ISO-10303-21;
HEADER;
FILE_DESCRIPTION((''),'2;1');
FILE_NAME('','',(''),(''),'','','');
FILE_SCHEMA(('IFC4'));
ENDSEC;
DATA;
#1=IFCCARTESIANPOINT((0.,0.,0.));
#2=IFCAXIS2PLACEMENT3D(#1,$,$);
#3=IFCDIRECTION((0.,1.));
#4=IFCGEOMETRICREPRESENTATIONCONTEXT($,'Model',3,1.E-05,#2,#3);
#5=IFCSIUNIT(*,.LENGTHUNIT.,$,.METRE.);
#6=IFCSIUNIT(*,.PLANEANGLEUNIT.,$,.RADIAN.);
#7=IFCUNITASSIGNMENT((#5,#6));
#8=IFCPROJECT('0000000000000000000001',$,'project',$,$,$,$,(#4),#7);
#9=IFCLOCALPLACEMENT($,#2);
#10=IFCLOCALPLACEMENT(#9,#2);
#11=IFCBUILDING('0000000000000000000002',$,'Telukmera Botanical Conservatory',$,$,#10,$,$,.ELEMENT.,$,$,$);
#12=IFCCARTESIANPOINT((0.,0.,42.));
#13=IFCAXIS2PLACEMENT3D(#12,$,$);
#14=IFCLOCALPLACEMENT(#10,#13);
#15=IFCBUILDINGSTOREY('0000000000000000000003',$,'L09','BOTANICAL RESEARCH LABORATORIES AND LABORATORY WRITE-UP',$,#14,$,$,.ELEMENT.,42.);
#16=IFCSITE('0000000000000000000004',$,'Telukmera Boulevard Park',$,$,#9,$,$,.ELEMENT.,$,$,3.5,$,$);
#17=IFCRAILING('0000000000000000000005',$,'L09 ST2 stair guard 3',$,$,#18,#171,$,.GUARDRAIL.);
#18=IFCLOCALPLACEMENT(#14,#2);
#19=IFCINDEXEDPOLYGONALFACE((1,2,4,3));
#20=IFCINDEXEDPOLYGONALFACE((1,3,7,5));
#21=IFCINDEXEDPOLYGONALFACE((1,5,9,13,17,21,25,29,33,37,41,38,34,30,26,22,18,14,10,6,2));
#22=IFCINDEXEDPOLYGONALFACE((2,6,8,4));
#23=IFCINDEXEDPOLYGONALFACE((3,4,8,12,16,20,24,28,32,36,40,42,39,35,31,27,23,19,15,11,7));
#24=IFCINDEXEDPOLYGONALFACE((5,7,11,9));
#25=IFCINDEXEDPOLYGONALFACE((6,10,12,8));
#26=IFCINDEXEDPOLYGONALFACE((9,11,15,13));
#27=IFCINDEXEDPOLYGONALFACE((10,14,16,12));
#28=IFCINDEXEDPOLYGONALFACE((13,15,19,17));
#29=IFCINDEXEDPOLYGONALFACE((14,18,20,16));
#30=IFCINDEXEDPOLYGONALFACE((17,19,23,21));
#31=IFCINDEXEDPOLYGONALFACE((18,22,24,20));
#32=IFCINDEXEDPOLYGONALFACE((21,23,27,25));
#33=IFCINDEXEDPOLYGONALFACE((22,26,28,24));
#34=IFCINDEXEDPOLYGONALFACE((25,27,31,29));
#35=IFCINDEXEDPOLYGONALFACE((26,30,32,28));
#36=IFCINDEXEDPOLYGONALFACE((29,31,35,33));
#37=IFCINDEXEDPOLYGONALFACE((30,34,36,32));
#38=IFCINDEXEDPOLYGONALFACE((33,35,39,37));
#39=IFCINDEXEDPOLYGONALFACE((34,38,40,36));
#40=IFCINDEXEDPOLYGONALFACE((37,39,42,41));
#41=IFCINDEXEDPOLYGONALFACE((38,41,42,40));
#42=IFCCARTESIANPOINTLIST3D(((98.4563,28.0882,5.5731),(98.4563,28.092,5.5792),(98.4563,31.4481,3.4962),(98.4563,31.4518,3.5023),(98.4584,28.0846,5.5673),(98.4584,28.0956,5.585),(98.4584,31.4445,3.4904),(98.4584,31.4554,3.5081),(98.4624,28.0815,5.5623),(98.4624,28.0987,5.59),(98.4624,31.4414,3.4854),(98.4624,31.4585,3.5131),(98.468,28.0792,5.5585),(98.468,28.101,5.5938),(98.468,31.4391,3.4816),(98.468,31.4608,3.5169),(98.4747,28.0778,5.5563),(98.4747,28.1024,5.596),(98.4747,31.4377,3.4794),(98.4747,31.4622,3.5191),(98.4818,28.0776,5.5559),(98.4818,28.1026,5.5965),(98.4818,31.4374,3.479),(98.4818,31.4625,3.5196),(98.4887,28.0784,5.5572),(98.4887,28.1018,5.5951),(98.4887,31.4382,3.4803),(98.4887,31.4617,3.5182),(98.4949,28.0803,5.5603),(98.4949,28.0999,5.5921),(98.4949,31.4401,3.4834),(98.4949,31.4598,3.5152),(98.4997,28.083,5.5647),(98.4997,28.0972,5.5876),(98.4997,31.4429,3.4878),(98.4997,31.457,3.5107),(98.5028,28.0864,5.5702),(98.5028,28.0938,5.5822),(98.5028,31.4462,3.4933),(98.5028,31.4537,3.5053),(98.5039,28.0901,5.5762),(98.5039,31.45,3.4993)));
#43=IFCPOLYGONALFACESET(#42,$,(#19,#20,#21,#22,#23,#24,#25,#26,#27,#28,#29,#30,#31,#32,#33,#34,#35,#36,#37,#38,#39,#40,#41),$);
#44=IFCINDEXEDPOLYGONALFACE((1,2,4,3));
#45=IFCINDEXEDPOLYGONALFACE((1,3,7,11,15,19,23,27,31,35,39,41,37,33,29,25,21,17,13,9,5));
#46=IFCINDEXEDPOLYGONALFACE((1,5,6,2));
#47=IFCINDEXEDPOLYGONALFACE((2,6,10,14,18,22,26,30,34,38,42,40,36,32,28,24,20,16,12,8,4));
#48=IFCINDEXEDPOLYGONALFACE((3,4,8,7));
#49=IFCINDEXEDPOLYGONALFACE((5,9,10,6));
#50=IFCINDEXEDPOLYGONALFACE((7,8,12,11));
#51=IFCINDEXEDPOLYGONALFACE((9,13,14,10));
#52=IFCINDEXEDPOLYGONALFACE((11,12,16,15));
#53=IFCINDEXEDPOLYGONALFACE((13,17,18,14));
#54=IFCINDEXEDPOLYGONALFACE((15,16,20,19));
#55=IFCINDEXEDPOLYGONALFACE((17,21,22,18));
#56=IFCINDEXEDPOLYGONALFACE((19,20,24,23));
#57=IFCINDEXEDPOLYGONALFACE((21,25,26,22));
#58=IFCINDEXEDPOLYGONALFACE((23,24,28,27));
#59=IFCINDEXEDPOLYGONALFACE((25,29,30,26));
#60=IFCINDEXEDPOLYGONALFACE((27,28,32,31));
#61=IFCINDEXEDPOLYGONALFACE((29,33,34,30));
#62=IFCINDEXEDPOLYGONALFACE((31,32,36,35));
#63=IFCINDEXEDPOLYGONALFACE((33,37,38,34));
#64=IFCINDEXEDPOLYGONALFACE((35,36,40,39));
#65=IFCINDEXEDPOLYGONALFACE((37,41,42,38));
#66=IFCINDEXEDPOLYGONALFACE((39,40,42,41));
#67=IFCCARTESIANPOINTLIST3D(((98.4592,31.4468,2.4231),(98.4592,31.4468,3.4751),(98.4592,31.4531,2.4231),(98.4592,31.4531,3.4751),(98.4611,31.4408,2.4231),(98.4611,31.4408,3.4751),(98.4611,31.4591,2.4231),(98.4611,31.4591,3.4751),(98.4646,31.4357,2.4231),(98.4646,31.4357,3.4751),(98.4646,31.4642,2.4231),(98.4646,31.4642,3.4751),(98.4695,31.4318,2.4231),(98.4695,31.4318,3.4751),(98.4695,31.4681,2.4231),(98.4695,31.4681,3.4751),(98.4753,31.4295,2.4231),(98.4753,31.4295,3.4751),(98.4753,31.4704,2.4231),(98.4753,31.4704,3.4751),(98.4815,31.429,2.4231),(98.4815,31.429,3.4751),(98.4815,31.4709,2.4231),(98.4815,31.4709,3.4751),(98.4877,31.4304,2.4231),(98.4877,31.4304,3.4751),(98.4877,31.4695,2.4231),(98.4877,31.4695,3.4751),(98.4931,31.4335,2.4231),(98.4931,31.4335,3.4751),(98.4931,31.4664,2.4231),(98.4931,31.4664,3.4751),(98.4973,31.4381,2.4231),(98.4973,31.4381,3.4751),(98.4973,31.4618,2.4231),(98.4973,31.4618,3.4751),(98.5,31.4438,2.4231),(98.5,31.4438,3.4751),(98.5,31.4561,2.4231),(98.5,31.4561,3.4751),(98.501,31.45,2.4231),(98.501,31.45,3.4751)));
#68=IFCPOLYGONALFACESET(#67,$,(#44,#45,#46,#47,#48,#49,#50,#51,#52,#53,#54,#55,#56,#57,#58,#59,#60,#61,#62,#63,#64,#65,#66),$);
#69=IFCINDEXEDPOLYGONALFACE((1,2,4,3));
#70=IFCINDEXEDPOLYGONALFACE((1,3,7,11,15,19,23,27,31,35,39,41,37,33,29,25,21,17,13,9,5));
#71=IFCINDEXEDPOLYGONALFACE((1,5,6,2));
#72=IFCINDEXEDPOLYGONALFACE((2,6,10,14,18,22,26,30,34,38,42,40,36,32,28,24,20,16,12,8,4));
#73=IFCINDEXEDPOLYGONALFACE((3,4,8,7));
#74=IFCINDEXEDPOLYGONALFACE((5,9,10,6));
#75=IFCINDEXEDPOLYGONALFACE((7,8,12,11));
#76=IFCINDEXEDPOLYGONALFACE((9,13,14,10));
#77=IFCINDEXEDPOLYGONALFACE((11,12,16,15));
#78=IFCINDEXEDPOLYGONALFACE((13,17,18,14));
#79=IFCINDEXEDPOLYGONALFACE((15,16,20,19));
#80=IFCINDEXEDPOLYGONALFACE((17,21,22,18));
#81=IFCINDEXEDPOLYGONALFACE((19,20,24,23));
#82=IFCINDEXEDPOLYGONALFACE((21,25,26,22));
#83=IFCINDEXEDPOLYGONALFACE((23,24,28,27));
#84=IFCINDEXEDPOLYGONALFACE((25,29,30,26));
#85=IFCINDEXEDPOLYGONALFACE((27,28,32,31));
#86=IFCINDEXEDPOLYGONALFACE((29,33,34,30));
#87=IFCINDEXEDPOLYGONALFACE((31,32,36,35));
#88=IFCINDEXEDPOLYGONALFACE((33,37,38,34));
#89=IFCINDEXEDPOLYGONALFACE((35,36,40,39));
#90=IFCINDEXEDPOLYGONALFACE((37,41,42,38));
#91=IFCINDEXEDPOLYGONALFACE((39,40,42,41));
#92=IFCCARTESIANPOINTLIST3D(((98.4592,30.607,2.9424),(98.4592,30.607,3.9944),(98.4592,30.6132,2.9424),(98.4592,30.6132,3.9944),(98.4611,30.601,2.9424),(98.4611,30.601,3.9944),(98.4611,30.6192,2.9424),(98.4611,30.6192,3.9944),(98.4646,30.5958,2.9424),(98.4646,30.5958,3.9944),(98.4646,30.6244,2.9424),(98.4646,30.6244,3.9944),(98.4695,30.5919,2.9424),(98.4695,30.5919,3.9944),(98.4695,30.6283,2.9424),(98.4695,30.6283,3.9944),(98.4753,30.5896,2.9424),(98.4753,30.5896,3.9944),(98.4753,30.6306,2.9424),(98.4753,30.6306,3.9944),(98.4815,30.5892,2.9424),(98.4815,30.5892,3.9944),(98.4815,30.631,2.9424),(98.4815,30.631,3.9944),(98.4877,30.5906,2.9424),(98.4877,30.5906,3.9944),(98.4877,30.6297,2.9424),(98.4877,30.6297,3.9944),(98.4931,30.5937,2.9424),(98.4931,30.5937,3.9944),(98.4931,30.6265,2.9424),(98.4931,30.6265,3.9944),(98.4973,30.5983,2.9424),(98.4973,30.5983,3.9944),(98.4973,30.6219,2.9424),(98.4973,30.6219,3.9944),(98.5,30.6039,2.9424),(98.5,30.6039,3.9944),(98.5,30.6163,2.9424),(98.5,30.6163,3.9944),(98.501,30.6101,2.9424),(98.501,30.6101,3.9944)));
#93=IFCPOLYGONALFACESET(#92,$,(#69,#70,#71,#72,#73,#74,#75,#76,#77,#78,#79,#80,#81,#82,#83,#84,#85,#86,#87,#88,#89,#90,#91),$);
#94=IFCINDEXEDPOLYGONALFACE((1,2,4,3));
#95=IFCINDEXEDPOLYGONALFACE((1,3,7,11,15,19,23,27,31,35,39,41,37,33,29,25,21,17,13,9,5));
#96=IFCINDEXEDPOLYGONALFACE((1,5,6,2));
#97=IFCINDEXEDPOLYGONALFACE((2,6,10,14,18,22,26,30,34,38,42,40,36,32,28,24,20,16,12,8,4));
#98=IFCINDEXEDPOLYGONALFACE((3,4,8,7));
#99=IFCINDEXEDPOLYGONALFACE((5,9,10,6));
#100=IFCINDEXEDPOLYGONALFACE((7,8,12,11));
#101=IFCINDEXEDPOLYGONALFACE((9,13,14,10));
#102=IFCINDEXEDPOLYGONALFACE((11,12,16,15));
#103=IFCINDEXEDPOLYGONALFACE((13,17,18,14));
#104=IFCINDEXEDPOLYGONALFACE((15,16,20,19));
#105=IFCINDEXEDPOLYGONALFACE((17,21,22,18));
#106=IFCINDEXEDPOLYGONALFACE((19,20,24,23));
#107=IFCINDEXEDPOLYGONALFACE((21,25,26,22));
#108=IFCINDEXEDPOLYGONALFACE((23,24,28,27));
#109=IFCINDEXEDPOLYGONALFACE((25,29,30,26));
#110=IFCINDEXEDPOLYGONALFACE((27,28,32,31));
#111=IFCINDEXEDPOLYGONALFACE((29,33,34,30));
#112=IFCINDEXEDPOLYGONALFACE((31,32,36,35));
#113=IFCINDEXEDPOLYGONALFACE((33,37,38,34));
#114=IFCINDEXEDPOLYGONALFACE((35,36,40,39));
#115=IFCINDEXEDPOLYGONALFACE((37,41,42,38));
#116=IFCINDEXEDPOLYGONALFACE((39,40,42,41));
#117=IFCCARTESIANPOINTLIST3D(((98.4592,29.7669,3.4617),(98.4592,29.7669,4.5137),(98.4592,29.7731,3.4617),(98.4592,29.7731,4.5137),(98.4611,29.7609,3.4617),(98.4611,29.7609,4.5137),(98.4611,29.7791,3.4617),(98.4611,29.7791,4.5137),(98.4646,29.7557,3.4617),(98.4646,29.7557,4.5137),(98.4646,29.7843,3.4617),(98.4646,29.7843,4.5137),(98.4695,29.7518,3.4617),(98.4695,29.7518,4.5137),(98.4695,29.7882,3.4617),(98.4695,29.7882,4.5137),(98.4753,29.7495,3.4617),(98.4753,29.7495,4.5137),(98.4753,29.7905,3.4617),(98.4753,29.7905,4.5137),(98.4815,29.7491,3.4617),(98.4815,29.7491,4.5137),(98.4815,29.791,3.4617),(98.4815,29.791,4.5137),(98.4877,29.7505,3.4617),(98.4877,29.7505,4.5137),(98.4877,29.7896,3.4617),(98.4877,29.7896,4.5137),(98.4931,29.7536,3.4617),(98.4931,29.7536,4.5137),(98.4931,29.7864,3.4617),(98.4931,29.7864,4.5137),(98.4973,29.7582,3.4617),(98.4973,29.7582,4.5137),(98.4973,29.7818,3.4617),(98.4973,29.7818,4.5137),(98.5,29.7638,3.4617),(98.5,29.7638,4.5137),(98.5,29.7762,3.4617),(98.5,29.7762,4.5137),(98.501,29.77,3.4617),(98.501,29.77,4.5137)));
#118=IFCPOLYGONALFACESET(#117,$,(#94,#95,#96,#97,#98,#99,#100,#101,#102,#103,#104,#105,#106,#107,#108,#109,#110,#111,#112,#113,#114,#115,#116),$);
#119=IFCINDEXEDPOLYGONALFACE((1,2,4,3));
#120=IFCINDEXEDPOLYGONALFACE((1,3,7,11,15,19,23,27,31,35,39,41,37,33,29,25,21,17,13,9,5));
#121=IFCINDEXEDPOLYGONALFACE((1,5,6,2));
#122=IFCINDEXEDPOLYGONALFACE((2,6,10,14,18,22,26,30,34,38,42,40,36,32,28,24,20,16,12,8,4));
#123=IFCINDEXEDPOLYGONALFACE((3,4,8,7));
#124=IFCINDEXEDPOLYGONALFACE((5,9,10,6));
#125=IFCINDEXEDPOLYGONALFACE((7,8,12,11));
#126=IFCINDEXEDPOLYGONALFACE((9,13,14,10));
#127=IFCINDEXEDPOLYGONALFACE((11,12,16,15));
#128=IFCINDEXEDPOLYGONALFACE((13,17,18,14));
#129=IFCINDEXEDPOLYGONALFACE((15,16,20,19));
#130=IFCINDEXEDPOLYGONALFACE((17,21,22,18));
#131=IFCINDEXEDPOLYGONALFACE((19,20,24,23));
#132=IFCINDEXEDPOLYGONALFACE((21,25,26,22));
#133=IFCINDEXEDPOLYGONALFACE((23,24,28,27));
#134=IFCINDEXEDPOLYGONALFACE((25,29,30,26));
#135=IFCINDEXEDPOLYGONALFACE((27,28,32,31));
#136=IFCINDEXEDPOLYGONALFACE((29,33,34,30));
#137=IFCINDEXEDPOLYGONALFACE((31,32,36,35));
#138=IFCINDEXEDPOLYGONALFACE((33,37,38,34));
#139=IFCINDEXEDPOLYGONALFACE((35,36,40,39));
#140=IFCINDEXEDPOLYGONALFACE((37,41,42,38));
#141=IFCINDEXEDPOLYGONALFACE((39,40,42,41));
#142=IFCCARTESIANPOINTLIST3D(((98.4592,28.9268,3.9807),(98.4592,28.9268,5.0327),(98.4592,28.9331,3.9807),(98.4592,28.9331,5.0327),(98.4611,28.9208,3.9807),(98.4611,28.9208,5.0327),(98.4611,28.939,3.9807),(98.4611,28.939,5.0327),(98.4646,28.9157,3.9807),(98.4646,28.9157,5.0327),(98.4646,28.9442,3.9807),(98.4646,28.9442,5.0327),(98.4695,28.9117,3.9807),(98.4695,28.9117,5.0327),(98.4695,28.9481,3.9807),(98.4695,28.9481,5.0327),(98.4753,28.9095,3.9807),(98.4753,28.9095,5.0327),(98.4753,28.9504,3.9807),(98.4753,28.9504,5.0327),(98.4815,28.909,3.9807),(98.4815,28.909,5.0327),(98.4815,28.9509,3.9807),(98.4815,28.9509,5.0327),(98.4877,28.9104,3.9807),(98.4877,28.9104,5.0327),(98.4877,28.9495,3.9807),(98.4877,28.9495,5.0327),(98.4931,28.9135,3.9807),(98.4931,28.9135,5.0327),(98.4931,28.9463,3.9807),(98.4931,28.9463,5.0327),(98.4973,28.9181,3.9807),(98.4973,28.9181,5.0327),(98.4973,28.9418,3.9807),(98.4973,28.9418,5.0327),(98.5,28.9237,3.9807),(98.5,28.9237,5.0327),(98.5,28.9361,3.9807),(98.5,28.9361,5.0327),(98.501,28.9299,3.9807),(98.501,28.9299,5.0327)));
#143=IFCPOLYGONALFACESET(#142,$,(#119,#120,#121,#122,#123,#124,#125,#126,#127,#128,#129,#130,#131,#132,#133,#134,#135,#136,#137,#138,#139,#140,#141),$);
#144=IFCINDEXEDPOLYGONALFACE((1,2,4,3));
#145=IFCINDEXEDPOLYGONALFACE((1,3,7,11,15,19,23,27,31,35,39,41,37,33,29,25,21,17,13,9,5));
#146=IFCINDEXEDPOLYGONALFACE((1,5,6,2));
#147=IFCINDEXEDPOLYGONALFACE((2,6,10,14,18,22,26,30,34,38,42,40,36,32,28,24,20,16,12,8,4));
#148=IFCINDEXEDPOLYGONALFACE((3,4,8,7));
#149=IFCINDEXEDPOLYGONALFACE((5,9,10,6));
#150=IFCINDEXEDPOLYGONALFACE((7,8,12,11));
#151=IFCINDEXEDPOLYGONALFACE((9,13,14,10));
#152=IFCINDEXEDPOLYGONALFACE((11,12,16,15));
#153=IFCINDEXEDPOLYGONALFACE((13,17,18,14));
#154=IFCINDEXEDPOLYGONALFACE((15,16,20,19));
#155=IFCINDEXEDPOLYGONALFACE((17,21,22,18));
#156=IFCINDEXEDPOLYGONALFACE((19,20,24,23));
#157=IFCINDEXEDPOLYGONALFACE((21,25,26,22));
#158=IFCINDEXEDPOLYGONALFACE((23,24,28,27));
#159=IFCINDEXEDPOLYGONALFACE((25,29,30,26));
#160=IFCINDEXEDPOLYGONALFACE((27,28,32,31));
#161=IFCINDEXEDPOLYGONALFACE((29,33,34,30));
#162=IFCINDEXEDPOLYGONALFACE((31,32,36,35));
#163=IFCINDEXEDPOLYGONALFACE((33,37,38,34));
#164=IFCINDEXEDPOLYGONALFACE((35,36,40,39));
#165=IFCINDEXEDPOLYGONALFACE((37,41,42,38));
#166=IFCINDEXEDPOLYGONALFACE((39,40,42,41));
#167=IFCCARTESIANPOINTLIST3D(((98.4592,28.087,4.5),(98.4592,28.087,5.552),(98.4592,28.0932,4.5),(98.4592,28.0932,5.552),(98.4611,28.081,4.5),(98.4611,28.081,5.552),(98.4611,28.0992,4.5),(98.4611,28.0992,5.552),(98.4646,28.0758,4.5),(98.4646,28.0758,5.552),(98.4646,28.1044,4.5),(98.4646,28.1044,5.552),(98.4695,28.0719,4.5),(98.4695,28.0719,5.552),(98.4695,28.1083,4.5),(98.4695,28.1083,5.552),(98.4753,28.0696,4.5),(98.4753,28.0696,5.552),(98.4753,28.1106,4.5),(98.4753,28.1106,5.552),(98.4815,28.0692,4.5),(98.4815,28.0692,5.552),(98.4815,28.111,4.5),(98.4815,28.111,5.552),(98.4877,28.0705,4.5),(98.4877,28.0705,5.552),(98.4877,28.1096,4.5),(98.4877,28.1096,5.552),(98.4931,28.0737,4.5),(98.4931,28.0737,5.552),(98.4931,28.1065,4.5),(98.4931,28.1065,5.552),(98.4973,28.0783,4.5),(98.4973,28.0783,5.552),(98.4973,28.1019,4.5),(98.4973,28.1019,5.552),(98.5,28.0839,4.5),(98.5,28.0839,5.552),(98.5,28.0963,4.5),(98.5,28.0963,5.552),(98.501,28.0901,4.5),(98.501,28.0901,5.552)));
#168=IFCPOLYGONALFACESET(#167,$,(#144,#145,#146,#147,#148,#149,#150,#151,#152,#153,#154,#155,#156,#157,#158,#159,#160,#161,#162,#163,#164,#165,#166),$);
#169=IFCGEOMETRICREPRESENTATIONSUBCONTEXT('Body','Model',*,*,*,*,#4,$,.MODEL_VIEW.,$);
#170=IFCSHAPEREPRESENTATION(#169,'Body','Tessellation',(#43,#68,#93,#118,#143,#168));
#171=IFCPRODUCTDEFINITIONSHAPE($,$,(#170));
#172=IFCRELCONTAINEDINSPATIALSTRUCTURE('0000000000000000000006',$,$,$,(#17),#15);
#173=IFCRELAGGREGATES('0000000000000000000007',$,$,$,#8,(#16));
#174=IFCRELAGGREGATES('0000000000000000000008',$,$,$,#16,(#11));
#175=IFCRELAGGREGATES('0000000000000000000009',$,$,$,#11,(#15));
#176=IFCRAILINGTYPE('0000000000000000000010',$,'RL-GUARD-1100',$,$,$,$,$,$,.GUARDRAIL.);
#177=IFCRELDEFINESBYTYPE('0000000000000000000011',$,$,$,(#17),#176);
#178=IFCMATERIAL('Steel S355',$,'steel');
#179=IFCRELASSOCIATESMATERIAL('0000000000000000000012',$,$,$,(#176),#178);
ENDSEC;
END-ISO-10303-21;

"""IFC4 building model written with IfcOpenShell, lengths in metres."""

from ifc_helpers import new_model, si_unit, direction, frame, origin, origin_2d, place, context, subcontext, project, spatial, circle, extrude, material, type_object, element, save


model = new_model("IFC4")

# Units and contexts
model_context = context("Model", 3, precision=1e-05, world=origin(), true_north=direction((0.0, 1.0)))
body_context = subcontext(model_context, "Body", "Model", "MODEL_VIEW")
ifc_project = project(units=[si_unit("LENGTHUNIT", "METRE"), si_unit("PLANEANGLEUNIT", "RADIAN")], contexts=[model_context])

# Site, building, storey
site_placement = place(None, origin())
site = spatial("IfcSite", under=ifc_project, at=site_placement, Name="Telukmera Boulevard Park", CompositionType="ELEMENT", RefElevation=3.5)
building_placement = place(site_placement, origin())
building = spatial("IfcBuilding", under=site, at=building_placement, Name="Telukmera Botanical Conservatory", CompositionType="ELEMENT")
storey_placement = place(building_placement, frame((0.0, 0.0, 42.0)))
storey = spatial("IfcBuildingStorey", under=building, at=storey_placement, Name="L09", Description="BOTANICAL RESEARCH LABORATORIES AND LABORATORY WRITE-UP", CompositionType="ELEMENT", Elevation=42.0)

# Railing
ifc_material_1 = material(Name="Steel S355", Category="steel")
railing_type_1 = type_object("IfcRailingType", Name="RL-GUARD-1100", PredefinedType="GUARDRAIL", material=ifc_material_1)
railing_1_placement = place(storey_placement, frame((98.48, 31.45, 2.4231)))
element("IfcRailing", 1, at=railing_1_placement, inside=storey, type_object=railing_type_1, Name="L09 ST2 stair guard 3", PredefinedType="GUARDRAIL", context=body_context, shape_type="SweptSolid", body=[
    extrude(circle(Radius=0.0239, at=origin_2d()), frame((0.0, 0.0, 1.0762), z_axis=(0.0, -0.850606, 0.525803), x_axis=(1.0, 0.0, 0.0)), (0.0, 0.0, 1.0), 3.95),
    extrude(circle(Radius=0.021, at=origin_2d()), origin(), (0.0, 0.0, 1.0), 1.052),
    extrude(circle(Radius=0.021, at=origin_2d()), frame((0.0, -0.8398, 0.5193)), (0.0, 0.0, 1.0), 1.052),
    extrude(circle(Radius=0.021, at=origin_2d()), frame((0.0, -1.6799, 1.0386)), (0.0, 0.0, 1.0), 1.052),
    extrude(circle(Radius=0.021, at=origin_2d()), frame((0.0, -2.52, 1.5576)), (0.0, 0.0, 1.0), 1.052),
    extrude(circle(Radius=0.021, at=origin_2d()), frame((0.0, -3.3599, 2.0769)), (0.0, 0.0, 1.0), 1.052),
])

save(model, "model.ifc")
